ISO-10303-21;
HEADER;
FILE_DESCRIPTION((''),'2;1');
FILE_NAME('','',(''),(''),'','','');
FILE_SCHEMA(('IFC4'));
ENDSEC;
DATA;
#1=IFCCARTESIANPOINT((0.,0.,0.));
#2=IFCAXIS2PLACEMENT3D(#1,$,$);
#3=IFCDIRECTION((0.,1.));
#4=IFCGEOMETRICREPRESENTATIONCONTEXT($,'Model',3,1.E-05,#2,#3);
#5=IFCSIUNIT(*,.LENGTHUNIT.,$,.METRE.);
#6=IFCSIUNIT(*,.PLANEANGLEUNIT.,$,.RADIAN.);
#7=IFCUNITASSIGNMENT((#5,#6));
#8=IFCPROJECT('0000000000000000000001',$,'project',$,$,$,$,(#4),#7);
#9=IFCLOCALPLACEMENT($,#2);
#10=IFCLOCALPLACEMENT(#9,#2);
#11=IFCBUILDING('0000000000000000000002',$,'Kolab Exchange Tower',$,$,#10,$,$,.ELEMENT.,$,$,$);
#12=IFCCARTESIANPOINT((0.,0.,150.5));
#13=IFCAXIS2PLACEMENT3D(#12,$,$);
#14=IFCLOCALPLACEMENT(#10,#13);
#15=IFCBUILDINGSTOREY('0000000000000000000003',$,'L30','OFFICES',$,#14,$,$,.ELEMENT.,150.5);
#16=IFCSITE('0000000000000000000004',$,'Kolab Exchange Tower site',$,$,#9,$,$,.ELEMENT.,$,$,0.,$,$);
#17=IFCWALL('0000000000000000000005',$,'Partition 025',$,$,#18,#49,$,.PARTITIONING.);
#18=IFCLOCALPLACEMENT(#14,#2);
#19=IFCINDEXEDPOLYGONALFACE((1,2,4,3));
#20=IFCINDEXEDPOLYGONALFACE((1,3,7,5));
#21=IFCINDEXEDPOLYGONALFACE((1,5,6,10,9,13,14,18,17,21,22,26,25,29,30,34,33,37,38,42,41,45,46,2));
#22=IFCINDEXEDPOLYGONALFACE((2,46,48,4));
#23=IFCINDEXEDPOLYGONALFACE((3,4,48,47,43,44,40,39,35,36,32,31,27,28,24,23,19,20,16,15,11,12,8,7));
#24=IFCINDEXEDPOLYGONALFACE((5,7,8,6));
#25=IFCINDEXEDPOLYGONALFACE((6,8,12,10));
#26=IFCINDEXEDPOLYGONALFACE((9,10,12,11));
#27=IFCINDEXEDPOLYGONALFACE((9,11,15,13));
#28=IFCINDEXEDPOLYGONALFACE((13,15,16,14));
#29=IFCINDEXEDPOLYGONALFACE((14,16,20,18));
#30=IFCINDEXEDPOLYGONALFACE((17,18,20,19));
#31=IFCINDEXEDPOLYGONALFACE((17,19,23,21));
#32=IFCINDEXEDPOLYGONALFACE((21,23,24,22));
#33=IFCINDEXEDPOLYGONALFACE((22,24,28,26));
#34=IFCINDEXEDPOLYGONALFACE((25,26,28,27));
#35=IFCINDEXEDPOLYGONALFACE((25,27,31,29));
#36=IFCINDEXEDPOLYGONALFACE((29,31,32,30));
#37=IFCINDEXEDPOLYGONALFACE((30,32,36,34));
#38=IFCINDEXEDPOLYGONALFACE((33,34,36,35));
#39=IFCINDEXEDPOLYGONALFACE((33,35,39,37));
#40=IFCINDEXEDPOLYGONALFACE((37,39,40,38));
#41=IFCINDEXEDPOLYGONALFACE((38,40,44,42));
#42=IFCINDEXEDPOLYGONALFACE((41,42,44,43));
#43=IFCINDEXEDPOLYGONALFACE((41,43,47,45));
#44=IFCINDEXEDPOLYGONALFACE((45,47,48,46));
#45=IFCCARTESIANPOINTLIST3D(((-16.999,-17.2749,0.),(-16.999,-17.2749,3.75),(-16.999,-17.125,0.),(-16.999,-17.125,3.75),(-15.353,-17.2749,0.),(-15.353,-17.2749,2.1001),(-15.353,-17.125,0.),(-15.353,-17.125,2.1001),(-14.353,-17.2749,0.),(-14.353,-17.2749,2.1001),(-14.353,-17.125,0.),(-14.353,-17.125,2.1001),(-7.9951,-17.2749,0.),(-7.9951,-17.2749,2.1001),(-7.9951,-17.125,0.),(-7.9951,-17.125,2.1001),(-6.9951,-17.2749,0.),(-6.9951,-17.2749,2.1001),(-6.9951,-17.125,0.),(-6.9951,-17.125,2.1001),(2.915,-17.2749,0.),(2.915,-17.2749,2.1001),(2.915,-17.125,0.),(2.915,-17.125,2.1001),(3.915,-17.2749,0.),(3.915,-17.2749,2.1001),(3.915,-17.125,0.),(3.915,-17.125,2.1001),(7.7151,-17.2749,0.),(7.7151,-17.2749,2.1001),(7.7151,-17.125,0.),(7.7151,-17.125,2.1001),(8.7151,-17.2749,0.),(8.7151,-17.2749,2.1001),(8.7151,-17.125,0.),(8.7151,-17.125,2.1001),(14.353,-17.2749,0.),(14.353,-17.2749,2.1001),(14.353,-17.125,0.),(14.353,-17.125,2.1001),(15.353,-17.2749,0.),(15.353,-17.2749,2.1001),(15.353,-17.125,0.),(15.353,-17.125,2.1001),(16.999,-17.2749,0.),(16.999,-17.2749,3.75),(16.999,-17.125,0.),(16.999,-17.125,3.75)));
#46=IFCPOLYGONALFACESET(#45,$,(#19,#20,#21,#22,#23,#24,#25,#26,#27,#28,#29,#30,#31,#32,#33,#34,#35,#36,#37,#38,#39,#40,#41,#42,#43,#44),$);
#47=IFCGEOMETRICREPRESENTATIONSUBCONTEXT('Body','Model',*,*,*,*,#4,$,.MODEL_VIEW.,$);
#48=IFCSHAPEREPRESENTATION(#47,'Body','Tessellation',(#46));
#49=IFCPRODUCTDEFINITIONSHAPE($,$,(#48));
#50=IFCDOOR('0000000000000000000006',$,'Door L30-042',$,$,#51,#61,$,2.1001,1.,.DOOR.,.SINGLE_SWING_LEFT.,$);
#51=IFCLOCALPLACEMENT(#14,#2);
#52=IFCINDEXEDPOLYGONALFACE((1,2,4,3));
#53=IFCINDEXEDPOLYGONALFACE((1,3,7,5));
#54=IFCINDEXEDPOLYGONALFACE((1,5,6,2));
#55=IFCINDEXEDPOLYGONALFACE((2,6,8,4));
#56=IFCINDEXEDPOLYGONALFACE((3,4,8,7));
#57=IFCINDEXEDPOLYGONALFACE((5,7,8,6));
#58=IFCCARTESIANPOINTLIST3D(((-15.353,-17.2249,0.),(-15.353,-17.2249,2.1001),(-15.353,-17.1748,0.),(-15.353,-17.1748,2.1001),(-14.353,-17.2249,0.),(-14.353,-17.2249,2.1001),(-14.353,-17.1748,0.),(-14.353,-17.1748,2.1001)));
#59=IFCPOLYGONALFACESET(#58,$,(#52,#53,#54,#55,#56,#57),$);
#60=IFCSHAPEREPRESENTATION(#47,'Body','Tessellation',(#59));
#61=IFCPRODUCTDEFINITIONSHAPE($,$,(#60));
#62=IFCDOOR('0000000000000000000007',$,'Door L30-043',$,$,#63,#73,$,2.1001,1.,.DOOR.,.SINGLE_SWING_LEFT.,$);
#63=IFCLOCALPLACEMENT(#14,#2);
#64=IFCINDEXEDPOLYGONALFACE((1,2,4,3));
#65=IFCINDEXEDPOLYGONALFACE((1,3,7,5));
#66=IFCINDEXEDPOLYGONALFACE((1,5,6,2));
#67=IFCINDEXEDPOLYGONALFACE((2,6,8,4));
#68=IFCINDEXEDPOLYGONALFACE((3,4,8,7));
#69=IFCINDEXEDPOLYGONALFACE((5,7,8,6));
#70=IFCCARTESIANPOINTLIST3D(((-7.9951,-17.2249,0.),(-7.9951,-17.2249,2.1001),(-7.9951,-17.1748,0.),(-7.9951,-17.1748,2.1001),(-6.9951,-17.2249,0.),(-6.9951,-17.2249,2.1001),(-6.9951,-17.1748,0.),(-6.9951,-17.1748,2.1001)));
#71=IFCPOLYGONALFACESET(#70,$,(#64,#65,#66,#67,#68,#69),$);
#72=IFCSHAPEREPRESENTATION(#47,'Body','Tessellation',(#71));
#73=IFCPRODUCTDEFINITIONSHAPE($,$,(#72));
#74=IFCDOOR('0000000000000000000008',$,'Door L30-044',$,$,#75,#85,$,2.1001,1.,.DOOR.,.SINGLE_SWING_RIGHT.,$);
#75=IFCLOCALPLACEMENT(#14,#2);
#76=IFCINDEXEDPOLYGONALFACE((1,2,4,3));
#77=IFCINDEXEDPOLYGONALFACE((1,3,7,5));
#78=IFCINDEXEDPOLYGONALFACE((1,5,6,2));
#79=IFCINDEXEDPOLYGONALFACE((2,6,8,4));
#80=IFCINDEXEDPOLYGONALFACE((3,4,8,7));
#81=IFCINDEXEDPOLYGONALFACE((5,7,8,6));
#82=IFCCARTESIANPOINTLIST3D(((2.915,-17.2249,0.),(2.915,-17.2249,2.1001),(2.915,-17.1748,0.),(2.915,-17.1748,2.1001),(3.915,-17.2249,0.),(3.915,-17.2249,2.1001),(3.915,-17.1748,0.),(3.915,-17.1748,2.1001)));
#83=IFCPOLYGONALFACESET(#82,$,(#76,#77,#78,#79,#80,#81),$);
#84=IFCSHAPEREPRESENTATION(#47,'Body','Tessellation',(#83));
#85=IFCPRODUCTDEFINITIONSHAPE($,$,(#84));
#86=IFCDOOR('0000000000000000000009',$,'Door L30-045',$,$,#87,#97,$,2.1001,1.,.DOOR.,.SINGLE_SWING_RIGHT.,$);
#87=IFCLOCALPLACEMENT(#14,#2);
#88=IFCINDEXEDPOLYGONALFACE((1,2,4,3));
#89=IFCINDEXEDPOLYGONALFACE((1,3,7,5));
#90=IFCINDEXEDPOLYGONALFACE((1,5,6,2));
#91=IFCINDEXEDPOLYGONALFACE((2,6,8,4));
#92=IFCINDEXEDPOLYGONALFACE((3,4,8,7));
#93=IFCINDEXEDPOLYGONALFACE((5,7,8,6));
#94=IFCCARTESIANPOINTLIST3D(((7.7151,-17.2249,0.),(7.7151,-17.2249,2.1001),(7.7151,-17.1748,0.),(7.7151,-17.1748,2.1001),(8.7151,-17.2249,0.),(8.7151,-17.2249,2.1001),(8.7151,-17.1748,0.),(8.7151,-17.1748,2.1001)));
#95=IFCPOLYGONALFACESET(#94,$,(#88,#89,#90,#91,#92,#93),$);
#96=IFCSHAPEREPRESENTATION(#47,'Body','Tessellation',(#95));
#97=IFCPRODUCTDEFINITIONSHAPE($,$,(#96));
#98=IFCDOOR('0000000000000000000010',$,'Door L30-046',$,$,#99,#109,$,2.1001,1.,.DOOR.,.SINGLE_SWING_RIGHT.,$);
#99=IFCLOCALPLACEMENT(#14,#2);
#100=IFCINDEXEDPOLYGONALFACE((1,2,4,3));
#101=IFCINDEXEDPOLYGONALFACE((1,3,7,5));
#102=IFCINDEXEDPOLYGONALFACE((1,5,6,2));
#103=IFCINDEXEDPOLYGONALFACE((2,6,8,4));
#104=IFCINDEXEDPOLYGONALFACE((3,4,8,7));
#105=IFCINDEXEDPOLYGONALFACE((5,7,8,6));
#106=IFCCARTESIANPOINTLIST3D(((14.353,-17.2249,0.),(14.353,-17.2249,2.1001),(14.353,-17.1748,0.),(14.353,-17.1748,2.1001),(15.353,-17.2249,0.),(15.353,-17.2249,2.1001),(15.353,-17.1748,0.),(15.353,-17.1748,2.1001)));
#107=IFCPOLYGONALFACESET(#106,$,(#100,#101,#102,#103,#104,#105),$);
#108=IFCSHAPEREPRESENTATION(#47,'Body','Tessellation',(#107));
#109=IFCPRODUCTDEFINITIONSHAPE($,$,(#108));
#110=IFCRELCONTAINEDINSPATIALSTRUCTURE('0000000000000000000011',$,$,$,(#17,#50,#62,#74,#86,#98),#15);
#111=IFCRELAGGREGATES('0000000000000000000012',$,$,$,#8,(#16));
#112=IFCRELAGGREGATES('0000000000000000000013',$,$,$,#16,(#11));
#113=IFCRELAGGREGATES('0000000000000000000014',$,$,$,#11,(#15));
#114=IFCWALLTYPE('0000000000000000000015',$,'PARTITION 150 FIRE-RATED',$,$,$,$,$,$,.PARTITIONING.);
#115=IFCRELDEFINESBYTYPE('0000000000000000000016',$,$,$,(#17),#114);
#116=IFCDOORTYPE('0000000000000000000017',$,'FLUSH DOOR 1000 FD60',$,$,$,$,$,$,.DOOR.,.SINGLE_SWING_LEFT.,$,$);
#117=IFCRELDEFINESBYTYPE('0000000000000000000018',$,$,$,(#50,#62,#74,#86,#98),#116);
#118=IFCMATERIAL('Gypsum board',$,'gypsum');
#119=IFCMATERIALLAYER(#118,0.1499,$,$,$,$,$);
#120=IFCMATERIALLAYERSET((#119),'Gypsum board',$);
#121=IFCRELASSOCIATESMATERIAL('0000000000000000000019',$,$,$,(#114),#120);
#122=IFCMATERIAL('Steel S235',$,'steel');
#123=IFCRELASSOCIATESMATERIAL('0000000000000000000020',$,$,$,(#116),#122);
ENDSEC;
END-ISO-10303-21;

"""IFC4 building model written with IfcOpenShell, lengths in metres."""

from ifc_helpers import new_model, si_unit, direction, frame, frame_2d, origin, place, context, subcontext, project, spatial, rectangle, extrude, material, layer, layer_set, type_object, element, fill, save


model = new_model("IFC4")

# Units and contexts
model_context = context("Model", 3, precision=1e-05, world=origin(), true_north=direction((0.0, 1.0)))
body_context = subcontext(model_context, "Body", "Model", "MODEL_VIEW")
ifc_project = project(units=[si_unit("LENGTHUNIT", "METRE"), si_unit("PLANEANGLEUNIT", "RADIAN")], contexts=[model_context])

# Site, building, storey
site_placement = place(None, origin())
site = spatial("IfcSite", under=ifc_project, at=site_placement, Name="Kolab Exchange Tower site", CompositionType="ELEMENT", RefElevation=0.0)
building_placement = place(site_placement, origin())
building = spatial("IfcBuilding", under=site, at=building_placement, Name="Kolab Exchange Tower", CompositionType="ELEMENT")
storey_placement = place(building_placement, frame((0.0, 0.0, 150.5)))
storey = spatial("IfcBuildingStorey", under=building, at=storey_placement, Name="L30", Description="OFFICES", CompositionType="ELEMENT", Elevation=150.5)

# Shared definitions
ifc_material_1 = material(Name="Gypsum board", Category="gypsum")
ifc_layer_1 = layer(ifc_material_1, 0.1499)
ifc_layer_set_1 = layer_set([ifc_layer_1], Name="Gypsum board")
wall_type_1 = type_object("IfcWallType", Name="PARTITION 150 FIRE-RATED", PredefinedType="PARTITIONING", material=ifc_layer_set_1)

# Wall, openings, doors
wall_1_placement = place(storey_placement, frame((-16.999, -17.2, 0.0), z_axis=(0.0, 0.0, 1.0), x_axis=(1.0, 0.0, 0.0)))
wall_1 = element("IfcWall", 1, at=wall_1_placement, inside=storey, type_object=wall_type_1, Name="Partition 025", PredefinedType="PARTITIONING", context=body_context, shape_type="SweptSolid", body=[
    extrude(rectangle(XDim=33.998, YDim=0.1499, at=frame_2d((16.999, 0.0))), origin(), (0.0, 0.0, 1.0), 3.75),
])
opening_1_placement = place(wall_1_placement, frame((1.646, 0.0, 0.0)))
opening_1 = element("IfcOpeningElement", 2, at=opening_1_placement, cuts=wall_1, PredefinedType="OPENING", context=body_context, shape_type="SweptSolid", body=[
    extrude(rectangle(XDim=1.0, YDim=2.1001, at=frame_2d((0.5, 1.05))), frame((0.0, 0.085, 0.0), z_axis=(0.0, -1.0, 0.0), x_axis=(1.0, 0.0, 0.0)), (0.0, 0.0, 1.0), 0.1699),
])
opening_2_placement = place(wall_1_placement, frame((9.0039, 0.0, 0.0)))
opening_2 = element("IfcOpeningElement", 3, at=opening_2_placement, cuts=wall_1, PredefinedType="OPENING", context=body_context, shape_type="SweptSolid", body=[
    extrude(rectangle(XDim=1.0, YDim=2.1001, at=frame_2d((0.5, 1.05))), frame((0.0, 0.085, 0.0), z_axis=(0.0, -1.0, 0.0), x_axis=(1.0, 0.0, 0.0)), (0.0, 0.0, 1.0), 0.1699),
])
opening_3_placement = place(wall_1_placement, frame((19.9141, 0.0, 0.0)))
opening_3 = element("IfcOpeningElement", 4, at=opening_3_placement, cuts=wall_1, PredefinedType="OPENING", context=body_context, shape_type="SweptSolid", body=[
    extrude(rectangle(XDim=1.0, YDim=2.1001, at=frame_2d((0.5, 1.05))), frame((0.0, 0.085, 0.0), z_axis=(0.0, -1.0, 0.0), x_axis=(1.0, 0.0, 0.0)), (0.0, 0.0, 1.0), 0.1699),
])
opening_4_placement = place(wall_1_placement, frame((24.7141, 0.0, 0.0)))
opening_4 = element("IfcOpeningElement", 5, at=opening_4_placement, cuts=wall_1, PredefinedType="OPENING", context=body_context, shape_type="SweptSolid", body=[
    extrude(rectangle(XDim=1.0, YDim=2.1001, at=frame_2d((0.5, 1.05))), frame((0.0, 0.085, 0.0), z_axis=(0.0, -1.0, 0.0), x_axis=(1.0, 0.0, 0.0)), (0.0, 0.0, 1.0), 0.1699),
])
opening_5_placement = place(wall_1_placement, frame((31.3521, 0.0, 0.0)))
opening_5 = element("IfcOpeningElement", 6, at=opening_5_placement, cuts=wall_1, PredefinedType="OPENING", context=body_context, shape_type="SweptSolid", body=[
    extrude(rectangle(XDim=1.0, YDim=2.1001, at=frame_2d((0.5, 1.05))), frame((0.0, 0.085, 0.0), z_axis=(0.0, -1.0, 0.0), x_axis=(1.0, 0.0, 0.0)), (0.0, 0.0, 1.0), 0.1699),
])
ifc_material_2 = material(Name="Steel S235", Category="steel")
door_type_1 = type_object("IfcDoorType", Name="FLUSH DOOR 1000 FD60", OperationType="SINGLE_SWING_LEFT", PredefinedType="DOOR", material=ifc_material_2)
door_1_placement = place(opening_1_placement, frame((1.0, 0.0, 0.0), z_axis=(0.0, 0.0, 1.0), x_axis=(-1.0, 0.0, 0.0)))
door_1 = element("IfcDoor", 7, at=door_1_placement, inside=storey, type_object=door_type_1, Name="Door L30-042", OperationType="SINGLE_SWING_LEFT", OverallHeight=2.1001, OverallWidth=1.0, PredefinedType="DOOR", context=body_context, shape_type="SweptSolid", body=[
    extrude(rectangle(XDim=1.0, YDim=2.1001, at=frame_2d((0.5, 1.05))), frame((0.0, 0.0249, 0.0), z_axis=(0.0, -1.0, 0.0), x_axis=(1.0, 0.0, 0.0)), (0.0, 0.0, 1.0), 0.05),
])
fill(opening_1, door_1)
door_2_placement = place(opening_2_placement, frame((1.0, 0.0, 0.0), z_axis=(0.0, 0.0, 1.0), x_axis=(-1.0, 0.0, 0.0)))
door_2 = element("IfcDoor", 8, at=door_2_placement, inside=storey, type_object=door_type_1, Name="Door L30-043", OperationType="SINGLE_SWING_LEFT", OverallHeight=2.1001, OverallWidth=1.0, PredefinedType="DOOR", context=body_context, shape_type="SweptSolid", body=[
    extrude(rectangle(XDim=1.0, YDim=2.1001, at=frame_2d((0.5, 1.05))), frame((0.0, 0.0249, 0.0), z_axis=(0.0, -1.0, 0.0), x_axis=(1.0, 0.0, 0.0)), (0.0, 0.0, 1.0), 0.05),
])
fill(opening_2, door_2)
door_3_placement = place(opening_3_placement, frame((1.0, 0.0, 0.0), z_axis=(0.0, 0.0, 1.0), x_axis=(-1.0, 0.0, 0.0)))
door_3 = element("IfcDoor", 9, at=door_3_placement, inside=storey, type_object=door_type_1, Name="Door L30-044", OperationType="SINGLE_SWING_RIGHT", OverallHeight=2.1001, OverallWidth=1.0, PredefinedType="DOOR", context=body_context, shape_type="SweptSolid", body=[
    extrude(rectangle(XDim=1.0, YDim=2.1001, at=frame_2d((0.5, 1.05))), frame((0.0, 0.0249, 0.0), z_axis=(0.0, -1.0, 0.0), x_axis=(1.0, 0.0, 0.0)), (0.0, 0.0, 1.0), 0.05),
])
fill(opening_3, door_3)
door_4_placement = place(opening_4_placement, frame((1.0, 0.0, 0.0), z_axis=(0.0, 0.0, 1.0), x_axis=(-1.0, 0.0, 0.0)))
door_4 = element("IfcDoor", 10, at=door_4_placement, inside=storey, type_object=door_type_1, Name="Door L30-045", OperationType="SINGLE_SWING_RIGHT", OverallHeight=2.1001, OverallWidth=1.0, PredefinedType="DOOR", context=body_context, shape_type="SweptSolid", body=[
    extrude(rectangle(XDim=1.0, YDim=2.1001, at=frame_2d((0.5, 1.05))), frame((0.0, 0.0249, 0.0), z_axis=(0.0, -1.0, 0.0), x_axis=(1.0, 0.0, 0.0)), (0.0, 0.0, 1.0), 0.05),
])
fill(opening_4, door_4)
door_5_placement = place(opening_5_placement, frame((1.0, 0.0, 0.0), z_axis=(0.0, 0.0, 1.0), x_axis=(-1.0, 0.0, 0.0)))
door_5 = element("IfcDoor", 11, at=door_5_placement, inside=storey, type_object=door_type_1, Name="Door L30-046", OperationType="SINGLE_SWING_RIGHT", OverallHeight=2.1001, OverallWidth=1.0, PredefinedType="DOOR", context=body_context, shape_type="SweptSolid", body=[
    extrude(rectangle(XDim=1.0, YDim=2.1001, at=frame_2d((0.5, 1.05))), frame((0.0, 0.0249, 0.0), z_axis=(0.0, -1.0, 0.0), x_axis=(1.0, 0.0, 0.0)), (0.0, 0.0, 1.0), 0.05),
])
fill(opening_5, door_5)

save(model, "model.ifc")
